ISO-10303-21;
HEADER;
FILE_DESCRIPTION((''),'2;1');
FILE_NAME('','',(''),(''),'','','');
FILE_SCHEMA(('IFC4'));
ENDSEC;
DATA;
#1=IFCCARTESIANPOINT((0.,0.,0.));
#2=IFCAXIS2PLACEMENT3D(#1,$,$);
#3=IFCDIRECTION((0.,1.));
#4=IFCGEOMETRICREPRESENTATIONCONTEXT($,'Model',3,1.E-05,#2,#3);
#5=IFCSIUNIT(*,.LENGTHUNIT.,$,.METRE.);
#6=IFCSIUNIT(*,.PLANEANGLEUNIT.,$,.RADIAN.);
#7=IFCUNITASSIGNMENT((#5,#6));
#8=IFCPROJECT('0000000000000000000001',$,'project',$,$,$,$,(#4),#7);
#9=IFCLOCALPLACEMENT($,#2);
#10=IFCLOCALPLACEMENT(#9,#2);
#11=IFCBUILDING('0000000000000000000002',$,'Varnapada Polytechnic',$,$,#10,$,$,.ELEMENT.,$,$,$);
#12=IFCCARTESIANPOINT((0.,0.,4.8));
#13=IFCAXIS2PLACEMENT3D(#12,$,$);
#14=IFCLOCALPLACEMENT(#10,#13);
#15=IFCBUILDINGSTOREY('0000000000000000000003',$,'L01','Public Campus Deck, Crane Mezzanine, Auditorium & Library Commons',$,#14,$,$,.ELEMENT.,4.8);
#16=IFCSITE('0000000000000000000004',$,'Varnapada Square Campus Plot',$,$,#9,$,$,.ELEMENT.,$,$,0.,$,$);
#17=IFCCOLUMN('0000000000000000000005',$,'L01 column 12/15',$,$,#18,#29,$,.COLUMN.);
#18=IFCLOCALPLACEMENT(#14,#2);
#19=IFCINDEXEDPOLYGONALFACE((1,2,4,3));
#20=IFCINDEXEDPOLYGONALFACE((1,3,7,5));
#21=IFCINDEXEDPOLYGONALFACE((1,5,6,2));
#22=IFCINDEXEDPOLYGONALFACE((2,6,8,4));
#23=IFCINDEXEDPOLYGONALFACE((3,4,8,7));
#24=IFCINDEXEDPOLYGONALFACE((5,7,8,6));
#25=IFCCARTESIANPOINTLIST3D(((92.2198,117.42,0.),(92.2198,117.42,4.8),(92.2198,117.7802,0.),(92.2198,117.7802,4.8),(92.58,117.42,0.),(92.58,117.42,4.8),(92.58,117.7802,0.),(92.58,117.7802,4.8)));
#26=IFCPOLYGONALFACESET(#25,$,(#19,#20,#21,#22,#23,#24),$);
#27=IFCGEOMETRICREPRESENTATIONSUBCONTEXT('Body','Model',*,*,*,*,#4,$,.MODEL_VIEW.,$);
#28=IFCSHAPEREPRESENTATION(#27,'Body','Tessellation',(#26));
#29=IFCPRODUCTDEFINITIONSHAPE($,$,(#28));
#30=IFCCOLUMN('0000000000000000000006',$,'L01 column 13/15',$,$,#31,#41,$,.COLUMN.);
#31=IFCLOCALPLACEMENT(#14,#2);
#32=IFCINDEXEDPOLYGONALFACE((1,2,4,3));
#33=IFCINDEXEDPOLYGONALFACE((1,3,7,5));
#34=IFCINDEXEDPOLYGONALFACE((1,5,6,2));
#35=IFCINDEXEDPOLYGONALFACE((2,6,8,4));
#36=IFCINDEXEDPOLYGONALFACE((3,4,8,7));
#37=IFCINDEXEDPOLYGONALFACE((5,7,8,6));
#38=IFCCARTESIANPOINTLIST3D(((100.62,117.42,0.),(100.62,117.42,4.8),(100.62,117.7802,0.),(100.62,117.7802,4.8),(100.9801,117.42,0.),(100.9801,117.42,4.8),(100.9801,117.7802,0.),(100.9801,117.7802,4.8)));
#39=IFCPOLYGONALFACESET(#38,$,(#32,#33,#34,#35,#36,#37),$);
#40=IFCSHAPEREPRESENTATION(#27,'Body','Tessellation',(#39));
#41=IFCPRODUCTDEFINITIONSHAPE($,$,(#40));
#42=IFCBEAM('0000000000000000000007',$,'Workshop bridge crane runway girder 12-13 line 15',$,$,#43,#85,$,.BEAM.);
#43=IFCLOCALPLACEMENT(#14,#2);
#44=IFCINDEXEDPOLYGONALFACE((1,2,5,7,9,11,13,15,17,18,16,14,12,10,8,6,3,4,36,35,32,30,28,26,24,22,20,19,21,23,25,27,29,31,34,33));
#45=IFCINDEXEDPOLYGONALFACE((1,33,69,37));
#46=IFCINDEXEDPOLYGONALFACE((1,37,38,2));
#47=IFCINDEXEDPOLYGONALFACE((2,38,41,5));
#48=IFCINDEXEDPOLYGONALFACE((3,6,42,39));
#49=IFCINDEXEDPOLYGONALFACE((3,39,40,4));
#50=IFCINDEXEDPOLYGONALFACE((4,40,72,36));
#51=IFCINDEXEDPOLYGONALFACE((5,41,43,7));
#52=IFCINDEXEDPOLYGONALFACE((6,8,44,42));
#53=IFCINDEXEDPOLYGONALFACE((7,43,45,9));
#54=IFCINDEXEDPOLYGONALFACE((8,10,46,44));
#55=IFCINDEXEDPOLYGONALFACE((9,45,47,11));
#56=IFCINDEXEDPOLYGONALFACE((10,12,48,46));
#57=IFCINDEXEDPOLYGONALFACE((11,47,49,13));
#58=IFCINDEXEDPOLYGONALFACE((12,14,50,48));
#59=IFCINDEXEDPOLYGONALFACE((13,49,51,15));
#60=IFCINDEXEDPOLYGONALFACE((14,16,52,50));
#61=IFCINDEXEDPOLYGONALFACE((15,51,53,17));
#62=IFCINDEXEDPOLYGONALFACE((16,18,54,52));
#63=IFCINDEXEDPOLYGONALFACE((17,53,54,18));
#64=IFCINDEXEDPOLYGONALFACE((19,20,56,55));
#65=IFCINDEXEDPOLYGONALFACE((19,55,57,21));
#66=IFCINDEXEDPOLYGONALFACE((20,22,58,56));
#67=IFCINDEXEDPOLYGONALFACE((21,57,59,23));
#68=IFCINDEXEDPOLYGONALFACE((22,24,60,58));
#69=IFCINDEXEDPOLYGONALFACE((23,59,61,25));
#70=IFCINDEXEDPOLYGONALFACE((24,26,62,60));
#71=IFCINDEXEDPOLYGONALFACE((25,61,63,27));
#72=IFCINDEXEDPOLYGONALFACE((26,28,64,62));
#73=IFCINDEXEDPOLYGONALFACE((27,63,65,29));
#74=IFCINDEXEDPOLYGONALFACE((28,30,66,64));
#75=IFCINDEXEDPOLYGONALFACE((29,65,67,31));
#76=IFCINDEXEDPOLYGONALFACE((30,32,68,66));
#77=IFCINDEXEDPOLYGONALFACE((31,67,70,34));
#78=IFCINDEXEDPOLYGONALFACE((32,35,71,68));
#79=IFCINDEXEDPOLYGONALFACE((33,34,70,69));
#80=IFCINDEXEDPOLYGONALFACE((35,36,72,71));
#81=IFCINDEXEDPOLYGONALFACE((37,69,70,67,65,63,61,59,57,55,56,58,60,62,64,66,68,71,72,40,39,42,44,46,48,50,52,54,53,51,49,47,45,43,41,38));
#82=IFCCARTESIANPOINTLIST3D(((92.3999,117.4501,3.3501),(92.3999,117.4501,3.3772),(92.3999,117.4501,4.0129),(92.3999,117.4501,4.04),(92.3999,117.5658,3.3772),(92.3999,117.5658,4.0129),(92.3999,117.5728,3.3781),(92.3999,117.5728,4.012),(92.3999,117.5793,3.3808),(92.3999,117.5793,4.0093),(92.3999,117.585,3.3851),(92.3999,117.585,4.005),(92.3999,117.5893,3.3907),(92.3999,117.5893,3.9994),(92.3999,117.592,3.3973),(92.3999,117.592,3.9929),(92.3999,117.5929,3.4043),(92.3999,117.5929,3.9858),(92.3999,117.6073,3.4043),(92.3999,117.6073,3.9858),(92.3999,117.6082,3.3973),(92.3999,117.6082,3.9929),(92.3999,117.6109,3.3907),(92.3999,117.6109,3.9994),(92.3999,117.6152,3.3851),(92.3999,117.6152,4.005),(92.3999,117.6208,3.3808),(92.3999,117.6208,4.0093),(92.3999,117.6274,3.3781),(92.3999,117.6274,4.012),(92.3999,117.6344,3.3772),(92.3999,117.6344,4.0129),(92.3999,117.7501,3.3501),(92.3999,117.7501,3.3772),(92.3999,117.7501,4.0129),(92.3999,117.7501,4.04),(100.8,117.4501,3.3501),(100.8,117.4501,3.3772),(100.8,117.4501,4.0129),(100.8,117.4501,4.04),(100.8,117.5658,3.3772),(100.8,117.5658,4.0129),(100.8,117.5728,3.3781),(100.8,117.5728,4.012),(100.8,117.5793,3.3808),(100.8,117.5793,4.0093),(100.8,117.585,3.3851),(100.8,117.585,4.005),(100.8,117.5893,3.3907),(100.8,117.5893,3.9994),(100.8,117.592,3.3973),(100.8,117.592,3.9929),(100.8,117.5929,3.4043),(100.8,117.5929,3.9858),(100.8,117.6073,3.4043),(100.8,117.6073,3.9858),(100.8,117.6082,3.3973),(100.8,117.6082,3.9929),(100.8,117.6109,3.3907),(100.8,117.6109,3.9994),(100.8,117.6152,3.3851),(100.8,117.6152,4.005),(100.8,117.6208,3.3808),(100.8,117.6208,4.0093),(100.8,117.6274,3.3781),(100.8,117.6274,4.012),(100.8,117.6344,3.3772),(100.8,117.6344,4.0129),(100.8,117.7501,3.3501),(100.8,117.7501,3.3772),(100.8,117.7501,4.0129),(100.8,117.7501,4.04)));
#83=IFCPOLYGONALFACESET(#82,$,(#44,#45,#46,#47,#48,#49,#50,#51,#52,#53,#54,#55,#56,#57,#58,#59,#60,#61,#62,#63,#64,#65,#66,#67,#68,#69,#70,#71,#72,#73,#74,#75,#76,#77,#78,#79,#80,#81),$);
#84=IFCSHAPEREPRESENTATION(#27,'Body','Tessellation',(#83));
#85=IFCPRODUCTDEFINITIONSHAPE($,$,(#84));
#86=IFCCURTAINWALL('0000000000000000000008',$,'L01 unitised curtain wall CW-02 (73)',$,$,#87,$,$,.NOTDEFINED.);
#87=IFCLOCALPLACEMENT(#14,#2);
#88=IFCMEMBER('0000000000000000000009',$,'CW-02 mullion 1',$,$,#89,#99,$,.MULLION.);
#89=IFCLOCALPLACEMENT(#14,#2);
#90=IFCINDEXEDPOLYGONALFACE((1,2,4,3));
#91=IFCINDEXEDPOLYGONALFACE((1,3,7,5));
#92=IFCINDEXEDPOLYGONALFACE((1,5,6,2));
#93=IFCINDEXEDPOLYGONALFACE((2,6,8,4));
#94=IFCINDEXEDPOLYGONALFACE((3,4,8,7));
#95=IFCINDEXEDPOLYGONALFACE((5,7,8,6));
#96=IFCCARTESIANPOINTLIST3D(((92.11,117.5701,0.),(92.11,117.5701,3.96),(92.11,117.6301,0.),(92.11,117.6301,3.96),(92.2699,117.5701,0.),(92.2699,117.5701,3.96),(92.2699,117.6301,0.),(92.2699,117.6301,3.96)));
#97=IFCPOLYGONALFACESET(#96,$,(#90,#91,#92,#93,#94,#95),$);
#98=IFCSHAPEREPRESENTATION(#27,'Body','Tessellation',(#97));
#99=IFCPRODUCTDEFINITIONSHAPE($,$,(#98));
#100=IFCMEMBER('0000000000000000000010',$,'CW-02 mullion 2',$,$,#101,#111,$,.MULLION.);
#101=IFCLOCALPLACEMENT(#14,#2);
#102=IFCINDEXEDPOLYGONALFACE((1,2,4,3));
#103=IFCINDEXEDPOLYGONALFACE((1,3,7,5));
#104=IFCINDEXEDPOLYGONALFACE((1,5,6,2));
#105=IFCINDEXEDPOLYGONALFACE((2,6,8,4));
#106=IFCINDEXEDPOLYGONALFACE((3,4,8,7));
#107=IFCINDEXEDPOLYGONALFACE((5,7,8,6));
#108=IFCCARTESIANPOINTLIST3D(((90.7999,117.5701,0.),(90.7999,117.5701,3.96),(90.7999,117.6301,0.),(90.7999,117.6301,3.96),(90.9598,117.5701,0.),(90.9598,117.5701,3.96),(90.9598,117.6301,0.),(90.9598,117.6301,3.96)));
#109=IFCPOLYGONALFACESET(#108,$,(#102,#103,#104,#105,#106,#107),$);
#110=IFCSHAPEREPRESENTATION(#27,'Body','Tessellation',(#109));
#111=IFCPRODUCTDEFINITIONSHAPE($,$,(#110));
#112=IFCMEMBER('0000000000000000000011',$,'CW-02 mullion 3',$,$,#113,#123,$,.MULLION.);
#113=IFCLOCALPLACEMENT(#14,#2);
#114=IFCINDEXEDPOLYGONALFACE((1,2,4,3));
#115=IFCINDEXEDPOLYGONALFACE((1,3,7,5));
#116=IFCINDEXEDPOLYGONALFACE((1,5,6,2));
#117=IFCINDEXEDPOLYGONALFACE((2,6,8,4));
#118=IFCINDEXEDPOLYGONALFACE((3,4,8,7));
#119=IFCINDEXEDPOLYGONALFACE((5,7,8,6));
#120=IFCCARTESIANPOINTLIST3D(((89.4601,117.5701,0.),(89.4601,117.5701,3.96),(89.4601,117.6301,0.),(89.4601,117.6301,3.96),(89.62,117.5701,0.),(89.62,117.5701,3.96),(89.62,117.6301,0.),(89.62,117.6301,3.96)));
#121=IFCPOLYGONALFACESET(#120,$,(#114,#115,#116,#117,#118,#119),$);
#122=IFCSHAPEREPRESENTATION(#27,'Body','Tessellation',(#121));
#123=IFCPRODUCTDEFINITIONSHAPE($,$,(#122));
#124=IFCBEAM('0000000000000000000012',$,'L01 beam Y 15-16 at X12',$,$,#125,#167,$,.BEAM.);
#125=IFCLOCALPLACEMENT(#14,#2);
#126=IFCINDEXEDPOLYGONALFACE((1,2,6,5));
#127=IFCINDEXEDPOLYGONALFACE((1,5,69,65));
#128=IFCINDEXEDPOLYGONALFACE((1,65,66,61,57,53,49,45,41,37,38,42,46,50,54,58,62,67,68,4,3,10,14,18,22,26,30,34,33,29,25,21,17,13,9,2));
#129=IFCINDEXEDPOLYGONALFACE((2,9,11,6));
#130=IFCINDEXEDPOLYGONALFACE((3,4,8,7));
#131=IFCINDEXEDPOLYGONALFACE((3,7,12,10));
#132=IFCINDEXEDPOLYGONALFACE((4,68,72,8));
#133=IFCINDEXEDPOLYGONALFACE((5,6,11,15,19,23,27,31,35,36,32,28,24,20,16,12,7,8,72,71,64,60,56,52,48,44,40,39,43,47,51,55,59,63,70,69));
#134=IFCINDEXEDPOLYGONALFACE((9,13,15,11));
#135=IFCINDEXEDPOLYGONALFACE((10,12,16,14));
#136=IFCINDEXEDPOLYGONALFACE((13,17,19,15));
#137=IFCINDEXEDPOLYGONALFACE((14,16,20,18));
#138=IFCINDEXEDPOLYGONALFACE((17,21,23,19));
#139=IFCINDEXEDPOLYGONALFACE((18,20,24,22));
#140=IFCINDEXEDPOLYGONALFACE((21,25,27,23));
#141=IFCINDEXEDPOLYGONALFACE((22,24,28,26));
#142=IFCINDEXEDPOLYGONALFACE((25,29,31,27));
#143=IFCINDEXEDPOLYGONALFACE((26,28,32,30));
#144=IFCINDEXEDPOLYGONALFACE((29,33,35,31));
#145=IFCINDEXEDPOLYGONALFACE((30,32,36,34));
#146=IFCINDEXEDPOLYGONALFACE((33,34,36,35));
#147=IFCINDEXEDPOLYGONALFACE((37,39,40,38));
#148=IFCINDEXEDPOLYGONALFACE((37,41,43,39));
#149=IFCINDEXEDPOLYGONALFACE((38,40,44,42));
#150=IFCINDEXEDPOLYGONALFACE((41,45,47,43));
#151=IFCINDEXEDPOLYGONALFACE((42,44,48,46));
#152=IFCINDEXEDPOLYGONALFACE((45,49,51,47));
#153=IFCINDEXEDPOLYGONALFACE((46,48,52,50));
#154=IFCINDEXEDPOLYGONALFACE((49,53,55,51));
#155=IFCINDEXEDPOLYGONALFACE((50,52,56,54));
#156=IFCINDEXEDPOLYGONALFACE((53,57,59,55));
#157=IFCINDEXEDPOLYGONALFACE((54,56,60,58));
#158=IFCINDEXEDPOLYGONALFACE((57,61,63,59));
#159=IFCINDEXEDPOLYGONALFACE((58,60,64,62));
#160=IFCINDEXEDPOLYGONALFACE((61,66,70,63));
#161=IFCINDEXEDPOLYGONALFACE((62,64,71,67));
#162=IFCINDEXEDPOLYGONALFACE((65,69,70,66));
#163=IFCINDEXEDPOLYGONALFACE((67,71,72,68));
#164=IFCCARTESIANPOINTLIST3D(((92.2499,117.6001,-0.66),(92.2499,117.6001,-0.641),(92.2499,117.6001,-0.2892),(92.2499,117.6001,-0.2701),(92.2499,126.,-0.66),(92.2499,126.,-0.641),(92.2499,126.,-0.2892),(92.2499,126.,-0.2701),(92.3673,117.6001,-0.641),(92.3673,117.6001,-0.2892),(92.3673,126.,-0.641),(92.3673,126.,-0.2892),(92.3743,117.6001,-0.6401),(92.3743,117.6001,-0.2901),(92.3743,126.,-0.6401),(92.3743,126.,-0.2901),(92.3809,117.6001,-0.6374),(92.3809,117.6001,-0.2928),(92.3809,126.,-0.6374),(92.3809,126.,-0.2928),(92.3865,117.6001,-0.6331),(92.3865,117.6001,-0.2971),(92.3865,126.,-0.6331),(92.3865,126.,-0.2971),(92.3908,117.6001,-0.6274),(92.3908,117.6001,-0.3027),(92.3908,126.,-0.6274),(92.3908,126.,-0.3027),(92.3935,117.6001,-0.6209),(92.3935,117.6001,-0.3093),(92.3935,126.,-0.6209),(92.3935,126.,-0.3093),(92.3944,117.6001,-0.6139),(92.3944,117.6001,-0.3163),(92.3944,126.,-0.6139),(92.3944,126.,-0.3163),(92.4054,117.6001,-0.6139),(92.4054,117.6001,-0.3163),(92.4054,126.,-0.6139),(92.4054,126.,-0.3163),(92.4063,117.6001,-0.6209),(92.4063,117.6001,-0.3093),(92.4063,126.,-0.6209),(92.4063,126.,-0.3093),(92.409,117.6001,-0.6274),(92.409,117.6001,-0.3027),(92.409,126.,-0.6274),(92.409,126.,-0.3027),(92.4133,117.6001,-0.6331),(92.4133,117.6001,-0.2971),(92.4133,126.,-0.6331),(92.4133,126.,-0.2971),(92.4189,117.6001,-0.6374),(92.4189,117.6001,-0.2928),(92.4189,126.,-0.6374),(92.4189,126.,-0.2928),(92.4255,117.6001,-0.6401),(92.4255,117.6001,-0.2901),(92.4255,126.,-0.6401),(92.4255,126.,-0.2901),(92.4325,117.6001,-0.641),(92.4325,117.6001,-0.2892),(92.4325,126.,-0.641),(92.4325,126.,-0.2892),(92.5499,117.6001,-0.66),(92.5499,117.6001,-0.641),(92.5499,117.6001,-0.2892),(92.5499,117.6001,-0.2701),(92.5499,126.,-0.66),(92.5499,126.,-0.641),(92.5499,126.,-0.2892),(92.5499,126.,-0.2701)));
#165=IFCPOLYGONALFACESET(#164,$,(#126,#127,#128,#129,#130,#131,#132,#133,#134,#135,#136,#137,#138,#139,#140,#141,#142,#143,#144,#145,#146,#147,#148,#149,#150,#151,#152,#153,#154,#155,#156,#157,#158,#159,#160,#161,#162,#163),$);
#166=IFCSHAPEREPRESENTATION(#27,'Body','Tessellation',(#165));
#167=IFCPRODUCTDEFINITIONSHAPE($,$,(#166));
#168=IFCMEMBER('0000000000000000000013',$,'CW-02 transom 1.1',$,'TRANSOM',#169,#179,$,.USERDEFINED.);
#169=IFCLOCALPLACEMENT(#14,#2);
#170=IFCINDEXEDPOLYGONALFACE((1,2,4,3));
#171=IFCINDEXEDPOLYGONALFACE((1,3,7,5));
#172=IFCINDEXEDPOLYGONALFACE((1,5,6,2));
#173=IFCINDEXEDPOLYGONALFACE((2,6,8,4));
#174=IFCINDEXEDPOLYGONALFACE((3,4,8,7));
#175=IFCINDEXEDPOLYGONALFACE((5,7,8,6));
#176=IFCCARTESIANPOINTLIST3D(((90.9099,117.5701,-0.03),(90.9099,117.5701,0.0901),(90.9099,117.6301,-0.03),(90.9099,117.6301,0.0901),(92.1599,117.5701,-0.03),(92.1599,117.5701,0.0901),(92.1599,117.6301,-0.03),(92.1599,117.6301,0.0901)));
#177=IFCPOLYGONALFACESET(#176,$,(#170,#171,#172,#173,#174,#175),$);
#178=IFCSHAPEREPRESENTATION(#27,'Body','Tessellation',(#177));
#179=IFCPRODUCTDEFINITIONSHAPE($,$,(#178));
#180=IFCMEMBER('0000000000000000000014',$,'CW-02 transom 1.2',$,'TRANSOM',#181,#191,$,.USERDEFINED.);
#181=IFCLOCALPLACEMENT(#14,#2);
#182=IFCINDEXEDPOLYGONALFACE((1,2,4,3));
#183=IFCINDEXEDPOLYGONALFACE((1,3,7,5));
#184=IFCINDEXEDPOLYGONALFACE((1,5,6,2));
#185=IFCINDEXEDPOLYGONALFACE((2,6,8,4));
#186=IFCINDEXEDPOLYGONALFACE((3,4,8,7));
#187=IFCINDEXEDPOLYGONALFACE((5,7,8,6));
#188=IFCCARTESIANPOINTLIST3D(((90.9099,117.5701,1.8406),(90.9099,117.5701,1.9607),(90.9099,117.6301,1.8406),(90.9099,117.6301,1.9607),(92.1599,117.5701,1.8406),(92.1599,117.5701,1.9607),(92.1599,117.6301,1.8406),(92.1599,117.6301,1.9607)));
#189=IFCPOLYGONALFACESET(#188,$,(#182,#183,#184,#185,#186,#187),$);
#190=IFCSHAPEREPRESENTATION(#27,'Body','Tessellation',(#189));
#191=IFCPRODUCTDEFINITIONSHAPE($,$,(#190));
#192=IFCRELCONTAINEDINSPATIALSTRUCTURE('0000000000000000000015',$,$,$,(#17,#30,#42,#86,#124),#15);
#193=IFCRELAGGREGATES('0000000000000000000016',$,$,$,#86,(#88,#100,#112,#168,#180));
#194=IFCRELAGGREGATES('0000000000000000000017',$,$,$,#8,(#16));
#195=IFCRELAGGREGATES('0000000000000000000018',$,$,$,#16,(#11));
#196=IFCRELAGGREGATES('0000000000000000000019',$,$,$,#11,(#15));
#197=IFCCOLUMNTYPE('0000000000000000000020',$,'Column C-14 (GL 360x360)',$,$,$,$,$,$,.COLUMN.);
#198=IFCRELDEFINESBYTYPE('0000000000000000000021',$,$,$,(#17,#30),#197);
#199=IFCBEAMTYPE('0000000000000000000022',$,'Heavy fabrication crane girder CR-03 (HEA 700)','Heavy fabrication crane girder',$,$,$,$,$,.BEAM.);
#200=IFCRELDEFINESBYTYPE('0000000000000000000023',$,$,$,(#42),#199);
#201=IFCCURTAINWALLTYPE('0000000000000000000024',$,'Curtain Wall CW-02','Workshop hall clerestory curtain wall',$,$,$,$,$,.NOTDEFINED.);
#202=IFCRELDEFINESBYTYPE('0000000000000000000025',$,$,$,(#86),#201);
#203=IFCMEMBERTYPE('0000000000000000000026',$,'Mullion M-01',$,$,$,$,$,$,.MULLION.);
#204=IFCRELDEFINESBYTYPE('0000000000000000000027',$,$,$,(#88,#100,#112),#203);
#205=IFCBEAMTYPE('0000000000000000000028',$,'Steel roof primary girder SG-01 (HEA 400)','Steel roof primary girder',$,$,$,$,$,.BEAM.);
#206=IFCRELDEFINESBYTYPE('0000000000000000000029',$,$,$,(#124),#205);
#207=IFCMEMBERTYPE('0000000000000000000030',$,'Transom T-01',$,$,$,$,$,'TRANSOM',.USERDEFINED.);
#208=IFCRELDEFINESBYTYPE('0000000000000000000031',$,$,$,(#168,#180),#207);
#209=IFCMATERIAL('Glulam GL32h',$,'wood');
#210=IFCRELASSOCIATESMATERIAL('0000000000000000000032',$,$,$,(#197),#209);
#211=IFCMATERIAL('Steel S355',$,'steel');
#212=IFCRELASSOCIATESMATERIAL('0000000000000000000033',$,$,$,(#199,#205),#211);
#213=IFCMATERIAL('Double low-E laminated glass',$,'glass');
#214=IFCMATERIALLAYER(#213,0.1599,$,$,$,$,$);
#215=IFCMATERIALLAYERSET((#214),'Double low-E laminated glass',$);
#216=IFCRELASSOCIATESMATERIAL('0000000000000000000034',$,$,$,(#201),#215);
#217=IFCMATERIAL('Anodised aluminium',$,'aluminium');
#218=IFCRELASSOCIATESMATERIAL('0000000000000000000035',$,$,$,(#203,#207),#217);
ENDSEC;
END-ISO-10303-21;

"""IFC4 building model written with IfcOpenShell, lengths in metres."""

from ifc_helpers import new_model, si_unit, direction, frame, origin, origin_2d, place, context, subcontext, project, spatial, rectangle, i_section, extrude, material, layer, layer_set, material_profile, profile_set, type_object, element, aggregate, save


model = new_model("IFC4")

# Units and contexts
model_context = context("Model", 3, precision=1e-05, world=origin(), true_north=direction((0.0, 1.0)))
body_context = subcontext(model_context, "Body", "Model", "MODEL_VIEW")
ifc_project = project(units=[si_unit("LENGTHUNIT", "METRE"), si_unit("PLANEANGLEUNIT", "RADIAN")], contexts=[model_context])

# Site, building, storey
site_placement = place(None, origin())
site = spatial("IfcSite", under=ifc_project, at=site_placement, Name="Varnapada Square Campus Plot", CompositionType="ELEMENT", RefElevation=0.0)
building_placement = place(site_placement, origin())
building = spatial("IfcBuilding", under=site, at=building_placement, Name="Varnapada Polytechnic", CompositionType="ELEMENT")
storey_placement = place(building_placement, frame((0.0, 0.0, 4.8)))
storey = spatial("IfcBuildingStorey", under=building, at=storey_placement, Name="L01", Description="Public Campus Deck, Crane Mezzanine, Auditorium & Library Commons", CompositionType="ELEMENT", Elevation=4.8)

# Columns
ifc_material_1 = material(Name="Glulam GL32h", Category="wood")
ifc_material_profile_1 = material_profile(ifc_material_1, rectangle(XDim=0.3601, YDim=0.3601, at=origin_2d()), Name="GL 360x360")
ifc_profile_set_1 = profile_set([ifc_material_profile_1], Name="Glulam GL32h")
column_type = type_object("IfcColumnType", Name="Column C-14 (GL 360x360)", PredefinedType="COLUMN", material=ifc_profile_set_1)
for number, where, z_axis, x_axis, name in (
    (1, (92.3999, 117.6001, 0.0), (0.0, 0.0, 1.0), (1.0, 0.0, 0.0), "L01 column 12/15"),
    (2, (100.8, 117.6001, 0.0), (0.0, 0.0, 1.0), (1.0, 0.0, 0.0), "L01 column 13/15"),
):
    element("IfcColumn", number, at=place(storey_placement, frame(where, z_axis=z_axis, x_axis=x_axis)), inside=storey, type_object=column_type, Name=name, PredefinedType="COLUMN", context=body_context, shape_type="SweptSolid", body=[
        extrude(rectangle(XDim=0.3601, YDim=0.3601, at=origin_2d()), origin(), (0.0, 0.0, 1.0), 4.8),
    ])

# Beam
ifc_material_2 = material(Name="Steel S355", Category="steel")
ifc_material_profile_2 = material_profile(ifc_material_2, i_section(OverallWidth=0.3, OverallDepth=0.6899, WebThickness=0.0144, FlangeThickness=0.0271, FilletRadius=0.0271, at=origin_2d()), Name="HEA 700")
ifc_profile_set_2 = profile_set([ifc_material_profile_2], Name="Steel S355")
beam_type_1 = type_object("IfcBeamType", Name="Heavy fabrication crane girder CR-03 (HEA 700)", Description="Heavy fabrication crane girder", PredefinedType="BEAM", material=ifc_profile_set_2)
beam_1_placement = place(storey_placement, frame((92.3999, 117.6001, 3.6951), z_axis=(1.0, 0.0, 0.0), x_axis=(0.0, 1.0, 0.0)))
element("IfcBeam", 3, at=beam_1_placement, inside=storey, type_object=beam_type_1, Name="Workshop bridge crane runway girder 12-13 line 15", PredefinedType="BEAM", context=body_context, shape_type="SweptSolid", body=[
    extrude(i_section(OverallWidth=0.3, OverallDepth=0.6899, WebThickness=0.0144, FlangeThickness=0.0271, FilletRadius=0.0271, at=origin_2d()), origin(), (0.0, 0.0, 1.0), 8.4001),
])

# Curtain wall, members
ifc_material_3 = material(Name="Double low-E laminated glass", Category="glass")
ifc_layer_1 = layer(ifc_material_3, 0.1599)
ifc_layer_set_1 = layer_set([ifc_layer_1], Name="Double low-E laminated glass")
curtain_wall_type = type_object("IfcCurtainWallType", Name="Curtain Wall CW-02", Description="Workshop hall clerestory curtain wall", PredefinedType="NOTDEFINED", material=ifc_layer_set_1)
curtain_wall_placement = place(storey_placement, origin())
curtain_wall = element("IfcCurtainWall", 4, at=curtain_wall_placement, inside=storey, type_object=curtain_wall_type, Name="L01 unitised curtain wall CW-02 (73)", PredefinedType="NOTDEFINED")
ifc_material_4 = material(Name="Anodised aluminium", Category="aluminium")
ifc_material_profile_3 = material_profile(ifc_material_4, rectangle(XDim=0.0601, YDim=0.1599, at=origin_2d()), Name="ALU M60x160")
ifc_profile_set_3 = profile_set([ifc_material_profile_3], Name="Anodised aluminium")
member_type_1 = type_object("IfcMemberType", Name="Mullion M-01", PredefinedType="MULLION", material=ifc_profile_set_3)
member_1_placement = place(storey_placement, frame((92.1899, 117.6001, 0.0), z_axis=(0.0, 0.0, 1.0), x_axis=(0.0, -1.0, 0.0)))
member_1 = element("IfcMember", 5, at=member_1_placement, type_object=member_type_1, Name="CW-02 mullion 1", PredefinedType="MULLION", context=body_context, shape_type="SweptSolid", body=[
    extrude(rectangle(XDim=0.0601, YDim=0.1599, at=origin_2d()), origin(), (0.0, 0.0, 1.0), 3.96),
])
member_2_placement = place(storey_placement, frame((90.8799, 117.6001, 0.0), z_axis=(0.0, 0.0, 1.0), x_axis=(0.0, -1.0, 0.0)))
member_2 = element("IfcMember", 6, at=member_2_placement, type_object=member_type_1, Name="CW-02 mullion 2", PredefinedType="MULLION", context=body_context, shape_type="SweptSolid", body=[
    extrude(rectangle(XDim=0.0601, YDim=0.1599, at=origin_2d()), origin(), (0.0, 0.0, 1.0), 3.96),
])
member_3_placement = place(storey_placement, frame((89.54, 117.6001, 0.0), z_axis=(0.0, 0.0, 1.0), x_axis=(0.0, -1.0, 0.0)))
member_3 = element("IfcMember", 7, at=member_3_placement, type_object=member_type_1, Name="CW-02 mullion 3", PredefinedType="MULLION", context=body_context, shape_type="SweptSolid", body=[
    extrude(rectangle(XDim=0.0601, YDim=0.1599, at=origin_2d()), origin(), (0.0, 0.0, 1.0), 3.96),
])

# Beam
ifc_material_profile_4 = material_profile(ifc_material_2, i_section(OverallWidth=0.3, OverallDepth=0.3899, WebThickness=0.011, FlangeThickness=0.019, FilletRadius=0.0271, at=origin_2d()), Name="HEA 400")
ifc_profile_set_4 = profile_set([ifc_material_profile_4], Name="Steel S355")
beam_type_2 = type_object("IfcBeamType", Name="Steel roof primary girder SG-01 (HEA 400)", Description="Steel roof primary girder", PredefinedType="BEAM", material=ifc_profile_set_4)
beam_2_placement = place(storey_placement, frame((92.3999, 117.6001, -0.4651), z_axis=(0.0, 1.0, 0.0), x_axis=(-1.0, 0.0, 0.0)))
element("IfcBeam", 8, at=beam_2_placement, inside=storey, type_object=beam_type_2, Name="L01 beam Y 15-16 at X12", PredefinedType="BEAM", context=body_context, shape_type="SweptSolid", body=[
    extrude(i_section(OverallWidth=0.3, OverallDepth=0.3899, WebThickness=0.011, FlangeThickness=0.019, FilletRadius=0.0271, at=origin_2d()), origin(), (0.0, 0.0, 1.0), 8.3999),
])

# Members
ifc_material_profile_5 = material_profile(ifc_material_4, rectangle(XDim=0.0601, YDim=0.1201, at=origin_2d()), Name="ALU T60x120")
ifc_profile_set_5 = profile_set([ifc_material_profile_5], Name="Anodised aluminium")
member_type_2 = type_object("IfcMemberType", Name="Transom T-01", ElementType="TRANSOM", PredefinedType="USERDEFINED", material=ifc_profile_set_5)
member_4_placement = place(storey_placement, frame((92.1599, 117.6001, 0.03), z_axis=(-1.0, 0.0, 0.0), x_axis=(0.0, -1.0, 0.0)))
member_4 = element("IfcMember", 9, at=member_4_placement, type_object=member_type_2, Name="CW-02 transom 1.1", ObjectType="TRANSOM", PredefinedType="USERDEFINED", context=body_context, shape_type="SweptSolid", body=[
    extrude(rectangle(XDim=0.0601, YDim=0.1201, at=origin_2d()), origin(), (0.0, 0.0, 1.0), 1.25),
])
member_5_placement = place(storey_placement, frame((92.1599, 117.6001, 1.9006), z_axis=(-1.0, 0.0, 0.0), x_axis=(0.0, -1.0, 0.0)))
member_5 = element("IfcMember", 10, at=member_5_placement, type_object=member_type_2, Name="CW-02 transom 1.2", ObjectType="TRANSOM", PredefinedType="USERDEFINED", context=body_context, shape_type="SweptSolid", body=[
    extrude(rectangle(XDim=0.0601, YDim=0.1201, at=origin_2d()), origin(), (0.0, 0.0, 1.0), 1.25),
])

aggregate(curtain_wall, [member_1, member_2, member_3, member_4, member_5])

save(model, "model.ifc")
